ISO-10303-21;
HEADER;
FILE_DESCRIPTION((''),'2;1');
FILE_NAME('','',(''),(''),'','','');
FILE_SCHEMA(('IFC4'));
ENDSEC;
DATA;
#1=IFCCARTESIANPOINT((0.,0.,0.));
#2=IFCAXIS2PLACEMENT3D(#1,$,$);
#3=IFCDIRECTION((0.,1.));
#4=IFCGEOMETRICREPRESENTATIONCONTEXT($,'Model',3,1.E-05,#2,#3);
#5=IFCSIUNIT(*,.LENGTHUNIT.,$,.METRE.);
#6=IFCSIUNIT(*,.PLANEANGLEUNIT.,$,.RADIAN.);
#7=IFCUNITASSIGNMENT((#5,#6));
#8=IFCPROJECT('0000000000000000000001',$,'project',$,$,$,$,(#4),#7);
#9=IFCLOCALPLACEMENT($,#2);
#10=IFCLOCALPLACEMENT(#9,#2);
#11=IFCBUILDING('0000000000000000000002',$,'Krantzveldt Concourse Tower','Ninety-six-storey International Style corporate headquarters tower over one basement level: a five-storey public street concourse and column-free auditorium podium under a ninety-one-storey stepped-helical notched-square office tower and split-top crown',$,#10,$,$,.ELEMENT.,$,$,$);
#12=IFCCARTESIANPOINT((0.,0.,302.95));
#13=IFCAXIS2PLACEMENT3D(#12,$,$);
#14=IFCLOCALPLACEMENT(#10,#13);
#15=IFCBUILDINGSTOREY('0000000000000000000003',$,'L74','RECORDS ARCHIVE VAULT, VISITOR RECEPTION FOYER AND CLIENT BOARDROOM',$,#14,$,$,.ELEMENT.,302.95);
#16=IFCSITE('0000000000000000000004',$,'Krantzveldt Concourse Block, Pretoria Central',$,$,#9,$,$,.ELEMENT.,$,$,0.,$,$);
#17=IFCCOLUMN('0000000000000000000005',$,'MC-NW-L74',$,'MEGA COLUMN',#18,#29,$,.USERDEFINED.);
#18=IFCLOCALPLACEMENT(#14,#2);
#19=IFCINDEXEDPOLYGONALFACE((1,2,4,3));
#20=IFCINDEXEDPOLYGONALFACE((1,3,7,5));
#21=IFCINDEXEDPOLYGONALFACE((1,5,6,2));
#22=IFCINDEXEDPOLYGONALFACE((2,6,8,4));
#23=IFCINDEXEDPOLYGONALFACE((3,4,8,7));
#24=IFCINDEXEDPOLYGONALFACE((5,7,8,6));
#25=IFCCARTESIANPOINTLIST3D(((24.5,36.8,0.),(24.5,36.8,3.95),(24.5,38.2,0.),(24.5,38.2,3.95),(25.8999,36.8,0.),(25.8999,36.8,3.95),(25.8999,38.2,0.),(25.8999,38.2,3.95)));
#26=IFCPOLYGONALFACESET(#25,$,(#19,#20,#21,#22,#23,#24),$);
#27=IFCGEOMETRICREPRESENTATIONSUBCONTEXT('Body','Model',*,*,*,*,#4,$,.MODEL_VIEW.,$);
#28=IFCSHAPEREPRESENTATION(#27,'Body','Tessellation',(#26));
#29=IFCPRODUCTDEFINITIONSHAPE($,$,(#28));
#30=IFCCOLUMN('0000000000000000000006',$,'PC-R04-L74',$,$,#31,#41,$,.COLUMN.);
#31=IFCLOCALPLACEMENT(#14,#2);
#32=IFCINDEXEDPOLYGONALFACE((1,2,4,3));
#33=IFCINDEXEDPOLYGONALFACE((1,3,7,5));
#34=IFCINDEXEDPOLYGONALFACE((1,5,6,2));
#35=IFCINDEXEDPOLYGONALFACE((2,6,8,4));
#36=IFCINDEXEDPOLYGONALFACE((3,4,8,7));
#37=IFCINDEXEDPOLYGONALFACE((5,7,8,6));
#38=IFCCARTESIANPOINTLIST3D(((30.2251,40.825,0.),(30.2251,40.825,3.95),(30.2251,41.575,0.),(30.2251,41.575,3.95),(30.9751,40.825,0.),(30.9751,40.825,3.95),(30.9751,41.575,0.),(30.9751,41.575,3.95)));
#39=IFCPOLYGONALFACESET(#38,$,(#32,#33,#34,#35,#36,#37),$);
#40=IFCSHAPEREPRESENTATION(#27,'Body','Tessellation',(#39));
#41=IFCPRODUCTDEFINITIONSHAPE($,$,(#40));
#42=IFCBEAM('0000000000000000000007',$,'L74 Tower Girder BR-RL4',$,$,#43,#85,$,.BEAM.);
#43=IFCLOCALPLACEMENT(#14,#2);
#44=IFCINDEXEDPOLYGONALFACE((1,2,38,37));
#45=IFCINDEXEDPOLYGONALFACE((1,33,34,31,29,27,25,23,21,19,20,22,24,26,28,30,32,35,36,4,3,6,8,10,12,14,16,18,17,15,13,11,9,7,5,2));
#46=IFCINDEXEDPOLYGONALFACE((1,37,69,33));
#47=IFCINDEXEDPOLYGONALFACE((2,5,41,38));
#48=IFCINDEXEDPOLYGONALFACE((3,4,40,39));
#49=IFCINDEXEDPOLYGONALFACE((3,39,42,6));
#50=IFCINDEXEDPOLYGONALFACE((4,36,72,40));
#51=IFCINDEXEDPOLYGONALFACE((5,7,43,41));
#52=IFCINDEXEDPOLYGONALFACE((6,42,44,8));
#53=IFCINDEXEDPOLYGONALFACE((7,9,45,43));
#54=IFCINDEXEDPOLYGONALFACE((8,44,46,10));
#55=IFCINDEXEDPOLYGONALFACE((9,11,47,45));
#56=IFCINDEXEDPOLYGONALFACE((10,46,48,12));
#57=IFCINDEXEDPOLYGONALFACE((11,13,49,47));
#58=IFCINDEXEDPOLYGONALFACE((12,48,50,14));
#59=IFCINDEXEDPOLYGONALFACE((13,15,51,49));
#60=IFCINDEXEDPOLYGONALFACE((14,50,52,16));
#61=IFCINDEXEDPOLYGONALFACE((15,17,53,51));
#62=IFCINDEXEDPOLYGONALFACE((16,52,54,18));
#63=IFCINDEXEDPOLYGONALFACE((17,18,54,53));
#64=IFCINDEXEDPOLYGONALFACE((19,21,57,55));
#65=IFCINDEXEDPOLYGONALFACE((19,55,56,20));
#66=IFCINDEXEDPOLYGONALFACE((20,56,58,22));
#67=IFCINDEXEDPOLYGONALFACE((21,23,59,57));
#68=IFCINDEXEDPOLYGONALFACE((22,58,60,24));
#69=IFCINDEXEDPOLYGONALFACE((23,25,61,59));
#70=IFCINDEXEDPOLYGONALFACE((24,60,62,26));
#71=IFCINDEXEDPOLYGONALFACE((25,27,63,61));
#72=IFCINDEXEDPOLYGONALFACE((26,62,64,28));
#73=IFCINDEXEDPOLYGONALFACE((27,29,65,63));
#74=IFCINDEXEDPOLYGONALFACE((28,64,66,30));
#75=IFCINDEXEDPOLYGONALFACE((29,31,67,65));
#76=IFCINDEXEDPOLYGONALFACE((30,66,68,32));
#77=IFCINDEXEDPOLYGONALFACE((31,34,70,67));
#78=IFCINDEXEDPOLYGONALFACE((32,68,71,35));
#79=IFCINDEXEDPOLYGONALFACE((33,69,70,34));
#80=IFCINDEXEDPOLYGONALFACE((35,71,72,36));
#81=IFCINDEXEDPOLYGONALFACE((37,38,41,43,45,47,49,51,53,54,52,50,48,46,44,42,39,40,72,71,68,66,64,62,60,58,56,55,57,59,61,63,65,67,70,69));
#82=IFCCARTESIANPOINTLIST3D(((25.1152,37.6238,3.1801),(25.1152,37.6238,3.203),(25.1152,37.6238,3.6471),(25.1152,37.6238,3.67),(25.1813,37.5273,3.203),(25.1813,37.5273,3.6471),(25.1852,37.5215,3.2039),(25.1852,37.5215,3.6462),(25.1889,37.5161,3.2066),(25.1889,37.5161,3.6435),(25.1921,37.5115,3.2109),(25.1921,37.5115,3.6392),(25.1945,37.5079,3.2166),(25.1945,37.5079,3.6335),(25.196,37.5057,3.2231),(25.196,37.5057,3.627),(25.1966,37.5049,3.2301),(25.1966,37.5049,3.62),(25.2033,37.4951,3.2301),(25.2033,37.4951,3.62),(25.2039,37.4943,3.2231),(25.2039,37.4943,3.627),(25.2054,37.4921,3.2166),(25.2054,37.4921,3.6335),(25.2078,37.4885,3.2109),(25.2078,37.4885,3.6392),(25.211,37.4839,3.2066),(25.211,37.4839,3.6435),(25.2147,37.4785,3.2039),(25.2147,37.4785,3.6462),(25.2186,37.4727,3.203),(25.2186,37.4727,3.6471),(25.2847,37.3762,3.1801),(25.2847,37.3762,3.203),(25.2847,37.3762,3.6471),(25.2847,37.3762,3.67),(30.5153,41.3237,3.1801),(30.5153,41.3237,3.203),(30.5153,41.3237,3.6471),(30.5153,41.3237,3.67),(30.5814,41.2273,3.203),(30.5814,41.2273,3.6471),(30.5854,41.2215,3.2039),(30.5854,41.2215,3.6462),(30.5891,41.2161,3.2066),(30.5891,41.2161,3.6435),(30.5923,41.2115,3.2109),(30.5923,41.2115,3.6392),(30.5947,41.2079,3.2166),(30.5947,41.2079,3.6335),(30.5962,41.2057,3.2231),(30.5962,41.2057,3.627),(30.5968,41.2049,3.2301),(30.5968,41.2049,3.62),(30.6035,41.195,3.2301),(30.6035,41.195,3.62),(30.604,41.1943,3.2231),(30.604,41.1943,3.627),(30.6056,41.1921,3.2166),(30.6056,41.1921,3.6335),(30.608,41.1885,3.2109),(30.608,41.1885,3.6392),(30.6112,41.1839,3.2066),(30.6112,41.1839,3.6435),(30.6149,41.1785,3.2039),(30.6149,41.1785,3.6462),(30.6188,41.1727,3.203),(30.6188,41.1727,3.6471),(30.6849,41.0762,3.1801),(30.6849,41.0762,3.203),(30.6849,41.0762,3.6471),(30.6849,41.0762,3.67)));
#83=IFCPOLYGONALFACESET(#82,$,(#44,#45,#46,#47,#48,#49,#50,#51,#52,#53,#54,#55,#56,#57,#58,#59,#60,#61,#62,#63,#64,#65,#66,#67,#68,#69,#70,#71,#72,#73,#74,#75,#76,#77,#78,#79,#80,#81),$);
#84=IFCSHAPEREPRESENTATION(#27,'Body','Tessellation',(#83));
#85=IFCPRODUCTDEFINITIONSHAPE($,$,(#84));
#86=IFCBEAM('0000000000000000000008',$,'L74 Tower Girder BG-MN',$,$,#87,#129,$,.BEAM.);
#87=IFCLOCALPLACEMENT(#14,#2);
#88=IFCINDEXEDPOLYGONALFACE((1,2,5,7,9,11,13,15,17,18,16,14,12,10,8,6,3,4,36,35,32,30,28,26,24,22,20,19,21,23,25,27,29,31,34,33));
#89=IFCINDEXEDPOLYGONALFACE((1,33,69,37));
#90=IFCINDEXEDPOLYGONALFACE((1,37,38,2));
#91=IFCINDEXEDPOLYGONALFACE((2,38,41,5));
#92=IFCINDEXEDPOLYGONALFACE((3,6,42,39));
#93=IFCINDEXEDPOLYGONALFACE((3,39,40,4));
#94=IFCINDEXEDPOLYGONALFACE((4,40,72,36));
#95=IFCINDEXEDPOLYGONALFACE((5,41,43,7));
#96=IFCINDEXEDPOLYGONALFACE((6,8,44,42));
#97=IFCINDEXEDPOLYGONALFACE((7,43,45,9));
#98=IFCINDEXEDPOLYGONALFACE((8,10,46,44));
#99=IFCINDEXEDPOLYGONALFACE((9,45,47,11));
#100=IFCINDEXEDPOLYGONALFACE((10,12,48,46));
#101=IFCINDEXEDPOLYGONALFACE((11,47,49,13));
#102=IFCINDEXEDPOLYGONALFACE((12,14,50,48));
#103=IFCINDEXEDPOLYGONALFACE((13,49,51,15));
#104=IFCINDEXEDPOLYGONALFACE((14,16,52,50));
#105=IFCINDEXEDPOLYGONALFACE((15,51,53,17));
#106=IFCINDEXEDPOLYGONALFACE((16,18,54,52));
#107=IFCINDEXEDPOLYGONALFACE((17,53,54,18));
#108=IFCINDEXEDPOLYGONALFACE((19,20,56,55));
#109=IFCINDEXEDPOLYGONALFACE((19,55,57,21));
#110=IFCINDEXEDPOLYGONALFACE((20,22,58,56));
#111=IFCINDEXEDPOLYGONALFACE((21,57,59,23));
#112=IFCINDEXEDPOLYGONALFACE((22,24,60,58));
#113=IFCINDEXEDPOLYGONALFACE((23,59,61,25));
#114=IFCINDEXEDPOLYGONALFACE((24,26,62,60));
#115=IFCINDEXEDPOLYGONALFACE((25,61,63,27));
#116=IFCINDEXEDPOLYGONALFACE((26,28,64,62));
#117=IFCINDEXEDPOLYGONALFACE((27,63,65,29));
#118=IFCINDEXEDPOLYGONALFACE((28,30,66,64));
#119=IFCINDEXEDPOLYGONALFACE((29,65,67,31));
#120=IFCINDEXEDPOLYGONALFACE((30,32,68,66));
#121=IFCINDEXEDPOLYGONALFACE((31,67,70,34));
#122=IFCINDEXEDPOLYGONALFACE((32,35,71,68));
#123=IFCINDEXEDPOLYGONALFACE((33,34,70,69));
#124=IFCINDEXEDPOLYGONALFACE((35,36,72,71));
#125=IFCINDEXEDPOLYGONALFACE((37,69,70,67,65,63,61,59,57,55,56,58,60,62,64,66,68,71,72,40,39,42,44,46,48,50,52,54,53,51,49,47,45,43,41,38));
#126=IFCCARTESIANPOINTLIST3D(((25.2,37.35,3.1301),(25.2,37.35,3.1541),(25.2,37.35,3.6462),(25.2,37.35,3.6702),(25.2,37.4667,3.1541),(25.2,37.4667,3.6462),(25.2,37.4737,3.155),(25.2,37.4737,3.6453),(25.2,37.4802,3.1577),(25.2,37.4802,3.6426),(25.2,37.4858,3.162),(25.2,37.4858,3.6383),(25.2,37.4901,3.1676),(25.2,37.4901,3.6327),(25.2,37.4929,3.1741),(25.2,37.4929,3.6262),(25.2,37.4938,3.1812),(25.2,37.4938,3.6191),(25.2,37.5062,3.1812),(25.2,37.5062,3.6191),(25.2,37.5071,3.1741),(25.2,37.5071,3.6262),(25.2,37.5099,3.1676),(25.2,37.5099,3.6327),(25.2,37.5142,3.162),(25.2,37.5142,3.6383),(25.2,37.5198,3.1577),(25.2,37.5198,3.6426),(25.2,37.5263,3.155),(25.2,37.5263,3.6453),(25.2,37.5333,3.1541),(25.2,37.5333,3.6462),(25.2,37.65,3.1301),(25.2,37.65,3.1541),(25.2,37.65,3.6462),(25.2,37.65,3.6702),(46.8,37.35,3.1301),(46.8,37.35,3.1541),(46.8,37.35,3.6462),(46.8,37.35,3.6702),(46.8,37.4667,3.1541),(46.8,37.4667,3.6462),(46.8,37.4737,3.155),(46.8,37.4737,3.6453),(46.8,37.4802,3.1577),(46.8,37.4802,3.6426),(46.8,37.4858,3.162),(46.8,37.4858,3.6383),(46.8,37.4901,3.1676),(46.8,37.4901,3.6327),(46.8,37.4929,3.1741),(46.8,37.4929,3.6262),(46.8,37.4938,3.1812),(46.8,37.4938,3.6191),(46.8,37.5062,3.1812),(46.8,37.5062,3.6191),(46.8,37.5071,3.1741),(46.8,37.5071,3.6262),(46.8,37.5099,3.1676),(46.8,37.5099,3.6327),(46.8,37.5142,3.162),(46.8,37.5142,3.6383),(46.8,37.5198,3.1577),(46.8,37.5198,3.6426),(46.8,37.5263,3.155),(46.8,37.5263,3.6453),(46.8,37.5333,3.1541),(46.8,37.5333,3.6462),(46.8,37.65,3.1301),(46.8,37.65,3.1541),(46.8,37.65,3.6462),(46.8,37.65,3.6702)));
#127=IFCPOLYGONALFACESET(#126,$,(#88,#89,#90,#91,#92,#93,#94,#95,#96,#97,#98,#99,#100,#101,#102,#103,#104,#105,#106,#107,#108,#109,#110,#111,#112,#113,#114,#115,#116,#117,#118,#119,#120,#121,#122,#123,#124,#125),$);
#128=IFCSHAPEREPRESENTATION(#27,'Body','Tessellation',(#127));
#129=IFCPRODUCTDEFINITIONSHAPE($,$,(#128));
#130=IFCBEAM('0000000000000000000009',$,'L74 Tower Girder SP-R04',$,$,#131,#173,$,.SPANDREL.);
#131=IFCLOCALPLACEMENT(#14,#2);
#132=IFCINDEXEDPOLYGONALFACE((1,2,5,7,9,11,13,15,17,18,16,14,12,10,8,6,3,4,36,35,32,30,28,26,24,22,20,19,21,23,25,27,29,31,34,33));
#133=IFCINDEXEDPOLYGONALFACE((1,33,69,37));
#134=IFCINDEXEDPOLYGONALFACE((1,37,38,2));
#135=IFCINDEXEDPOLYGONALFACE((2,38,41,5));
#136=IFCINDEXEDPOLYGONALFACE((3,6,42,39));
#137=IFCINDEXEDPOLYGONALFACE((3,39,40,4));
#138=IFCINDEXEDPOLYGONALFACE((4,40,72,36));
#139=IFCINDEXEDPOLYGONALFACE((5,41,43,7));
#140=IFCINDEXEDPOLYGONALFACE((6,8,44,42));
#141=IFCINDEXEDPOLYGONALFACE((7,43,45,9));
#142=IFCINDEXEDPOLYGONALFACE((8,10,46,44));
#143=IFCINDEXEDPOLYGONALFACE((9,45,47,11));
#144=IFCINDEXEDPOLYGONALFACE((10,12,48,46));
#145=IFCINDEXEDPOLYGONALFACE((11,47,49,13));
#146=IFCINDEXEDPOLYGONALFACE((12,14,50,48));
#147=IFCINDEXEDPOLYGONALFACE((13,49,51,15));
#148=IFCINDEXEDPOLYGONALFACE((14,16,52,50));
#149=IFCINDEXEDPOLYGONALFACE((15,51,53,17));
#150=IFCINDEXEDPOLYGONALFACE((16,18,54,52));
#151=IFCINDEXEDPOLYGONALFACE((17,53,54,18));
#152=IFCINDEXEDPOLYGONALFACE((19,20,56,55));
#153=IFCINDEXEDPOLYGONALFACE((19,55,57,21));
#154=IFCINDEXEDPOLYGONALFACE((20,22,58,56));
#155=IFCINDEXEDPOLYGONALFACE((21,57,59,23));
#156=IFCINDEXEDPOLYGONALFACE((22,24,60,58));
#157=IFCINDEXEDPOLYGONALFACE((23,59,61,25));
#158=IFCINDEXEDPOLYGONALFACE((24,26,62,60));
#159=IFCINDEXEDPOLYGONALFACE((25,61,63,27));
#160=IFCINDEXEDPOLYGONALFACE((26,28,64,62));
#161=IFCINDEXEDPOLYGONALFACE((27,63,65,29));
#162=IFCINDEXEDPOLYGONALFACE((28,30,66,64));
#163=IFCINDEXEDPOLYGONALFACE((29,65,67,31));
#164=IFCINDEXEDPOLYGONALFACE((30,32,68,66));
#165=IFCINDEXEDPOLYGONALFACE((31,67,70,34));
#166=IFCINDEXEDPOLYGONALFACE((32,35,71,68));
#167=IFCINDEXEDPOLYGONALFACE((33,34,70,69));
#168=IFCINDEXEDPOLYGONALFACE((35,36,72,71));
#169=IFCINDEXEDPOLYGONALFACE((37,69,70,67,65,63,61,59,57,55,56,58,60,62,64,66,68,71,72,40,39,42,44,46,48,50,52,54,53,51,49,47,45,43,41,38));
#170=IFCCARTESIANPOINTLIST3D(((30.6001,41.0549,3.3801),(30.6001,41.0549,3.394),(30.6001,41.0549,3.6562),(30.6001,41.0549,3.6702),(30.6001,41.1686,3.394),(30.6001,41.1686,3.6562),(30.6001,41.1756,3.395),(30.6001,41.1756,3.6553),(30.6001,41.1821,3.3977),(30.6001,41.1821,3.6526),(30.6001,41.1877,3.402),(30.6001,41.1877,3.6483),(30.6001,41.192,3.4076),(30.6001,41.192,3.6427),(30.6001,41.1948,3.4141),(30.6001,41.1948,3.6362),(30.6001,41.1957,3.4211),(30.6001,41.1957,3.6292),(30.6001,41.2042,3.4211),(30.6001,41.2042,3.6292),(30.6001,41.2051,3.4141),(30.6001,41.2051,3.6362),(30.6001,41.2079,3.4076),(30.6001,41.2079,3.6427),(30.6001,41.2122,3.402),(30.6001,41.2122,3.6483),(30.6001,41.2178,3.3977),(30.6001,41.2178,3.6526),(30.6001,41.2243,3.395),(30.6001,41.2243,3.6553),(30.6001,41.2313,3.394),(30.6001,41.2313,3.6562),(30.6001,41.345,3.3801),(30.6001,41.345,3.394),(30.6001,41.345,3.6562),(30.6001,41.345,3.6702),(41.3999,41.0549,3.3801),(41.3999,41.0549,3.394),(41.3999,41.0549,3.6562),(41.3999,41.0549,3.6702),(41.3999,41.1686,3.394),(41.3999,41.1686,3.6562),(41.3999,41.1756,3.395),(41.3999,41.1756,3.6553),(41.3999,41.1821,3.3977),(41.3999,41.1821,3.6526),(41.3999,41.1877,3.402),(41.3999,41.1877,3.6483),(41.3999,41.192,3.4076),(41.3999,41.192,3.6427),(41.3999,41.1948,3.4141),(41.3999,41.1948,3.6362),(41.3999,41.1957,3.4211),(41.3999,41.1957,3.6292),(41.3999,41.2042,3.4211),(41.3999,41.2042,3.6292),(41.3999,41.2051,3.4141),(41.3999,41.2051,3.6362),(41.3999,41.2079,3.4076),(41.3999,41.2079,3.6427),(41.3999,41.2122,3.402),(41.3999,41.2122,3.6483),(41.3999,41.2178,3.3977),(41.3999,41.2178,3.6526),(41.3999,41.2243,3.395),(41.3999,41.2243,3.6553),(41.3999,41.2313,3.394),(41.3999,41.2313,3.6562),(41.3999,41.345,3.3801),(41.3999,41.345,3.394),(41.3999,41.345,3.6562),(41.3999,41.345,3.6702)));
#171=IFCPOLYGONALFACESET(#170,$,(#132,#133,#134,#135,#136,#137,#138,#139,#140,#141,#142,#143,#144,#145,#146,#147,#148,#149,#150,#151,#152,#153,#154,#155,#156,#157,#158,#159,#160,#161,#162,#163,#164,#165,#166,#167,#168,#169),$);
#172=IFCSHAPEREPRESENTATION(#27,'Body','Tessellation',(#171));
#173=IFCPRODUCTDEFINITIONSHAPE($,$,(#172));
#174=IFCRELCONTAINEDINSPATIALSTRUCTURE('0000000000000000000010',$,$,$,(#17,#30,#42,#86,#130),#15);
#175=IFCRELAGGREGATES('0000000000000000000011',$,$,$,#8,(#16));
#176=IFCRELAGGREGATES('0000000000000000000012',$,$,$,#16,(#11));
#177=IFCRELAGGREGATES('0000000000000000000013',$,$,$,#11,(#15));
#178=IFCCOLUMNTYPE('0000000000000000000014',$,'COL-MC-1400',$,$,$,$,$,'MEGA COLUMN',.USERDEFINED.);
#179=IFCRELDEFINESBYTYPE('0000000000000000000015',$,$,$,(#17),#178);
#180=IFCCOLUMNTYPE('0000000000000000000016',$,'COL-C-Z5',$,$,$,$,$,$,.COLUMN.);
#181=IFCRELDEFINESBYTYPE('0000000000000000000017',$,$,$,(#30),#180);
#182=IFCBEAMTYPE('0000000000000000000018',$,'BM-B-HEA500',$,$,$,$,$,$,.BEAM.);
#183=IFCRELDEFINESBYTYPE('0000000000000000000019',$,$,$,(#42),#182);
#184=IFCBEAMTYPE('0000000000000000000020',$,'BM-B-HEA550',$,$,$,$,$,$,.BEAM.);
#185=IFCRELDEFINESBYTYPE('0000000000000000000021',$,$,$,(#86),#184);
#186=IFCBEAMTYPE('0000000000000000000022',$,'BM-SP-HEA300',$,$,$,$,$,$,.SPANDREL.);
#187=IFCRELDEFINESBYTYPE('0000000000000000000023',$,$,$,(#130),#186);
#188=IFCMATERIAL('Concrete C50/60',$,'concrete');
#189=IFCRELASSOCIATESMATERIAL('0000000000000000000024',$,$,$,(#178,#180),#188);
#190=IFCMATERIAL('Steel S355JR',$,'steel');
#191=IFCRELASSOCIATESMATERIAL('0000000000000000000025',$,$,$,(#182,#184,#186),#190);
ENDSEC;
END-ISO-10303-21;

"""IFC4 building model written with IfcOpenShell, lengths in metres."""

from ifc_helpers import new_model, si_unit, direction, frame, origin, origin_2d, place, context, subcontext, project, spatial, rectangle, i_section, extrude, source, transform, mapped, material, material_profile, profile_set, type_object, type_shapes, element, save


model = new_model("IFC4")

# Units and contexts
model_context = context("Model", 3, precision=1e-05, world=origin(), true_north=direction((0.0, 1.0)))
body_context = subcontext(model_context, "Body", "Model", "MODEL_VIEW")
ifc_project = project(units=[si_unit("LENGTHUNIT", "METRE"), si_unit("PLANEANGLEUNIT", "RADIAN")], contexts=[model_context])

# Site, building, storey
site_placement = place(None, origin())
site = spatial("IfcSite", under=ifc_project, at=site_placement, Name="Krantzveldt Concourse Block, Pretoria Central", CompositionType="ELEMENT", RefElevation=0.0)
building_placement = place(site_placement, origin())
building = spatial("IfcBuilding", under=site, at=building_placement, Name="Krantzveldt Concourse Tower", Description="Ninety-six-storey International Style corporate headquarters tower over one basement level: a five-storey public street concourse and column-free auditorium podium under a ninety-one-storey stepped-helical notched-square office tower and split-top crown", CompositionType="ELEMENT")
storey_placement = place(building_placement, frame((0.0, 0.0, 302.95)))
storey = spatial("IfcBuildingStorey", under=building, at=storey_placement, Name="L74", Description="RECORDS ARCHIVE VAULT, VISITOR RECEPTION FOYER AND CLIENT BOARDROOM", CompositionType="ELEMENT", Elevation=302.95)

# Columns
ifc_material_1 = material(Name="Concrete C50/60", Category="concrete")
ifc_material_profile_1 = material_profile(ifc_material_1, rectangle(XDim=1.3999, YDim=1.3999, at=origin_2d()), Name="Concrete C50/60", Category="concrete")
ifc_profile_set_1 = profile_set([ifc_material_profile_1], Name="Concrete C50/60 - RC 1400x1400")
column_type_1 = type_object("IfcColumnType", Name="COL-MC-1400", ElementType="MEGA COLUMN", PredefinedType="USERDEFINED", material=ifc_profile_set_1)
shared_shape_1 = source(origin(), body_context, "Body", "SweptSolid", [
    extrude(rectangle(XDim=1.3999, YDim=1.3999, at=origin_2d()), origin(), (0.0, 0.0, 1.0), 3.95),
])
type_shapes(column_type_1, [shared_shape_1])
column_1_placement = place(storey_placement, frame((25.2, 37.5, 0.0), z_axis=(0.0, 0.0, 1.0), x_axis=(1.0, 0.0, 0.0)))
element("IfcColumn", 1, at=column_1_placement, inside=storey, type_object=column_type_1, Name="MC-NW-L74", ObjectType="MEGA COLUMN", PredefinedType="USERDEFINED", context=body_context, shape_type="MappedRepresentation", body=[
    mapped(shared_shape_1, transform((0.0, 0.0, 0.0), x_axis=(1.0, 0.0, 0.0), y_axis=(0.0, 1.0, 0.0), z_axis=(0.0, 0.0, 1.0), scale=1.0)),
])
ifc_material_profile_2 = material_profile(ifc_material_1, rectangle(XDim=0.75, YDim=0.75, at=origin_2d()), Name="Concrete C50/60", Category="concrete")
ifc_profile_set_2 = profile_set([ifc_material_profile_2], Name="Concrete C50/60 - RC 750x750")
column_type_2 = type_object("IfcColumnType", Name="COL-C-Z5", PredefinedType="COLUMN", material=ifc_profile_set_2)
shared_shape_2 = source(origin(), body_context, "Body", "SweptSolid", [
    extrude(rectangle(XDim=0.75, YDim=0.75, at=origin_2d()), origin(), (0.0, 0.0, 1.0), 3.95),
])
type_shapes(column_type_2, [shared_shape_2])
column_2_placement = place(storey_placement, frame((30.6001, 41.2, 0.0), z_axis=(0.0, 0.0, 1.0), x_axis=(1.0, 0.0, 0.0)))
element("IfcColumn", 2, at=column_2_placement, inside=storey, type_object=column_type_2, Name="PC-R04-L74", PredefinedType="COLUMN", context=body_context, shape_type="MappedRepresentation", body=[
    mapped(shared_shape_2, transform((0.0, 0.0, 0.0), x_axis=(1.0, 0.0, 0.0), y_axis=(0.0, 1.0, 0.0), z_axis=(0.0, 0.0, 1.0), scale=1.0)),
])

# Beams
ifc_material_2 = material(Name="Steel S355JR", Category="steel")
ifc_material_profile_3 = material_profile(ifc_material_2, i_section(OverallWidth=0.3, OverallDepth=0.49, WebThickness=0.012, FlangeThickness=0.0229, FilletRadius=0.0271, at=origin_2d()), Name="Steel S355JR", Category="steel")
ifc_profile_set_3 = profile_set([ifc_material_profile_3], Name="Steel S355JR - HEA 500")
beam_type_1 = type_object("IfcBeamType", Name="BM-B-HEA500", PredefinedType="BEAM", material=ifc_profile_set_3)
shared_shape_3 = source(origin(), body_context, "Body", "SweptSolid", [
    extrude(i_section(OverallWidth=0.3, OverallDepth=0.49, WebThickness=0.012, FlangeThickness=0.0229, FilletRadius=0.0271, at=origin_2d()), origin(), (0.0, 0.0, 1.0), 6.5461),
])
type_shapes(beam_type_1, [shared_shape_3])
beam_1_placement = place(storey_placement, frame((25.2, 37.5, 3.425), z_axis=(0.824943, 0.565216, 0.0), x_axis=(-0.565216, 0.824943, 0.0)))
element("IfcBeam", 3, at=beam_1_placement, inside=storey, type_object=beam_type_1, Name="L74 Tower Girder BR-RL4", PredefinedType="BEAM", context=body_context, shape_type="MappedRepresentation", body=[
    mapped(shared_shape_3, transform((0.0, 0.0, 0.0), x_axis=(1.0, 0.0, 0.0), y_axis=(0.0, 1.0, 0.0), z_axis=(0.0, 0.0, 1.0), scale=1.0)),
])
ifc_material_profile_4 = material_profile(ifc_material_2, i_section(OverallWidth=0.3, OverallDepth=0.54, WebThickness=0.0125, FlangeThickness=0.0239, FilletRadius=0.0271, at=origin_2d()), Name="Steel S355JR", Category="steel")
ifc_profile_set_4 = profile_set([ifc_material_profile_4], Name="Steel S355JR - HEA 550")
beam_type_2 = type_object("IfcBeamType", Name="BM-B-HEA550", PredefinedType="BEAM", material=ifc_profile_set_4)
shared_shape_4 = source(origin(), body_context, "Body", "SweptSolid", [
    extrude(i_section(OverallWidth=0.3, OverallDepth=0.54, WebThickness=0.0125, FlangeThickness=0.0239, FilletRadius=0.0271, at=origin_2d()), origin(), (0.0, 0.0, 1.0), 21.6001),
])
type_shapes(beam_type_2, [shared_shape_4])
beam_2_placement = place(storey_placement, frame((25.2, 37.5, 3.4001), z_axis=(1.0, 0.0, 0.0), x_axis=(0.0, 1.0, 0.0)))
element("IfcBeam", 4, at=beam_2_placement, inside=storey, type_object=beam_type_2, Name="L74 Tower Girder BG-MN", PredefinedType="BEAM", context=body_context, shape_type="MappedRepresentation", body=[
    mapped(shared_shape_4, transform((0.0, 0.0, 0.0), x_axis=(1.0, 0.0, 0.0), y_axis=(0.0, 1.0, 0.0), z_axis=(0.0, 0.0, 1.0), scale=1.0)),
])
ifc_material_profile_5 = material_profile(ifc_material_2, i_section(OverallWidth=0.29, OverallDepth=0.29, WebThickness=0.0085, FlangeThickness=0.0139, FilletRadius=0.0271, at=origin_2d()), Name="Steel S355JR", Category="steel")
ifc_profile_set_5 = profile_set([ifc_material_profile_5], Name="Steel S355JR - HEA 300")
beam_type_3 = type_object("IfcBeamType", Name="BM-SP-HEA300", PredefinedType="SPANDREL", material=ifc_profile_set_5)
shared_shape_5 = source(origin(), body_context, "Body", "SweptSolid", [
    extrude(i_section(OverallWidth=0.29, OverallDepth=0.29, WebThickness=0.0085, FlangeThickness=0.0139, FilletRadius=0.0271, at=origin_2d()), origin(), (0.0, 0.0, 1.0), 10.7998),
])
type_shapes(beam_type_3, [shared_shape_5])
beam_3_placement = place(storey_placement, frame((30.6001, 41.2, 3.5251), z_axis=(1.0, 0.0, 0.0), x_axis=(0.0, 1.0, 0.0)))
element("IfcBeam", 5, at=beam_3_placement, inside=storey, type_object=beam_type_3, Name="L74 Tower Girder SP-R04", PredefinedType="SPANDREL", context=body_context, shape_type="MappedRepresentation", body=[
    mapped(shared_shape_5, transform((0.0, 0.0, 0.0), x_axis=(1.0, 0.0, 0.0), y_axis=(0.0, 1.0, 0.0), z_axis=(0.0, 0.0, 1.0), scale=1.0)),
])

save(model, "model.ifc")
